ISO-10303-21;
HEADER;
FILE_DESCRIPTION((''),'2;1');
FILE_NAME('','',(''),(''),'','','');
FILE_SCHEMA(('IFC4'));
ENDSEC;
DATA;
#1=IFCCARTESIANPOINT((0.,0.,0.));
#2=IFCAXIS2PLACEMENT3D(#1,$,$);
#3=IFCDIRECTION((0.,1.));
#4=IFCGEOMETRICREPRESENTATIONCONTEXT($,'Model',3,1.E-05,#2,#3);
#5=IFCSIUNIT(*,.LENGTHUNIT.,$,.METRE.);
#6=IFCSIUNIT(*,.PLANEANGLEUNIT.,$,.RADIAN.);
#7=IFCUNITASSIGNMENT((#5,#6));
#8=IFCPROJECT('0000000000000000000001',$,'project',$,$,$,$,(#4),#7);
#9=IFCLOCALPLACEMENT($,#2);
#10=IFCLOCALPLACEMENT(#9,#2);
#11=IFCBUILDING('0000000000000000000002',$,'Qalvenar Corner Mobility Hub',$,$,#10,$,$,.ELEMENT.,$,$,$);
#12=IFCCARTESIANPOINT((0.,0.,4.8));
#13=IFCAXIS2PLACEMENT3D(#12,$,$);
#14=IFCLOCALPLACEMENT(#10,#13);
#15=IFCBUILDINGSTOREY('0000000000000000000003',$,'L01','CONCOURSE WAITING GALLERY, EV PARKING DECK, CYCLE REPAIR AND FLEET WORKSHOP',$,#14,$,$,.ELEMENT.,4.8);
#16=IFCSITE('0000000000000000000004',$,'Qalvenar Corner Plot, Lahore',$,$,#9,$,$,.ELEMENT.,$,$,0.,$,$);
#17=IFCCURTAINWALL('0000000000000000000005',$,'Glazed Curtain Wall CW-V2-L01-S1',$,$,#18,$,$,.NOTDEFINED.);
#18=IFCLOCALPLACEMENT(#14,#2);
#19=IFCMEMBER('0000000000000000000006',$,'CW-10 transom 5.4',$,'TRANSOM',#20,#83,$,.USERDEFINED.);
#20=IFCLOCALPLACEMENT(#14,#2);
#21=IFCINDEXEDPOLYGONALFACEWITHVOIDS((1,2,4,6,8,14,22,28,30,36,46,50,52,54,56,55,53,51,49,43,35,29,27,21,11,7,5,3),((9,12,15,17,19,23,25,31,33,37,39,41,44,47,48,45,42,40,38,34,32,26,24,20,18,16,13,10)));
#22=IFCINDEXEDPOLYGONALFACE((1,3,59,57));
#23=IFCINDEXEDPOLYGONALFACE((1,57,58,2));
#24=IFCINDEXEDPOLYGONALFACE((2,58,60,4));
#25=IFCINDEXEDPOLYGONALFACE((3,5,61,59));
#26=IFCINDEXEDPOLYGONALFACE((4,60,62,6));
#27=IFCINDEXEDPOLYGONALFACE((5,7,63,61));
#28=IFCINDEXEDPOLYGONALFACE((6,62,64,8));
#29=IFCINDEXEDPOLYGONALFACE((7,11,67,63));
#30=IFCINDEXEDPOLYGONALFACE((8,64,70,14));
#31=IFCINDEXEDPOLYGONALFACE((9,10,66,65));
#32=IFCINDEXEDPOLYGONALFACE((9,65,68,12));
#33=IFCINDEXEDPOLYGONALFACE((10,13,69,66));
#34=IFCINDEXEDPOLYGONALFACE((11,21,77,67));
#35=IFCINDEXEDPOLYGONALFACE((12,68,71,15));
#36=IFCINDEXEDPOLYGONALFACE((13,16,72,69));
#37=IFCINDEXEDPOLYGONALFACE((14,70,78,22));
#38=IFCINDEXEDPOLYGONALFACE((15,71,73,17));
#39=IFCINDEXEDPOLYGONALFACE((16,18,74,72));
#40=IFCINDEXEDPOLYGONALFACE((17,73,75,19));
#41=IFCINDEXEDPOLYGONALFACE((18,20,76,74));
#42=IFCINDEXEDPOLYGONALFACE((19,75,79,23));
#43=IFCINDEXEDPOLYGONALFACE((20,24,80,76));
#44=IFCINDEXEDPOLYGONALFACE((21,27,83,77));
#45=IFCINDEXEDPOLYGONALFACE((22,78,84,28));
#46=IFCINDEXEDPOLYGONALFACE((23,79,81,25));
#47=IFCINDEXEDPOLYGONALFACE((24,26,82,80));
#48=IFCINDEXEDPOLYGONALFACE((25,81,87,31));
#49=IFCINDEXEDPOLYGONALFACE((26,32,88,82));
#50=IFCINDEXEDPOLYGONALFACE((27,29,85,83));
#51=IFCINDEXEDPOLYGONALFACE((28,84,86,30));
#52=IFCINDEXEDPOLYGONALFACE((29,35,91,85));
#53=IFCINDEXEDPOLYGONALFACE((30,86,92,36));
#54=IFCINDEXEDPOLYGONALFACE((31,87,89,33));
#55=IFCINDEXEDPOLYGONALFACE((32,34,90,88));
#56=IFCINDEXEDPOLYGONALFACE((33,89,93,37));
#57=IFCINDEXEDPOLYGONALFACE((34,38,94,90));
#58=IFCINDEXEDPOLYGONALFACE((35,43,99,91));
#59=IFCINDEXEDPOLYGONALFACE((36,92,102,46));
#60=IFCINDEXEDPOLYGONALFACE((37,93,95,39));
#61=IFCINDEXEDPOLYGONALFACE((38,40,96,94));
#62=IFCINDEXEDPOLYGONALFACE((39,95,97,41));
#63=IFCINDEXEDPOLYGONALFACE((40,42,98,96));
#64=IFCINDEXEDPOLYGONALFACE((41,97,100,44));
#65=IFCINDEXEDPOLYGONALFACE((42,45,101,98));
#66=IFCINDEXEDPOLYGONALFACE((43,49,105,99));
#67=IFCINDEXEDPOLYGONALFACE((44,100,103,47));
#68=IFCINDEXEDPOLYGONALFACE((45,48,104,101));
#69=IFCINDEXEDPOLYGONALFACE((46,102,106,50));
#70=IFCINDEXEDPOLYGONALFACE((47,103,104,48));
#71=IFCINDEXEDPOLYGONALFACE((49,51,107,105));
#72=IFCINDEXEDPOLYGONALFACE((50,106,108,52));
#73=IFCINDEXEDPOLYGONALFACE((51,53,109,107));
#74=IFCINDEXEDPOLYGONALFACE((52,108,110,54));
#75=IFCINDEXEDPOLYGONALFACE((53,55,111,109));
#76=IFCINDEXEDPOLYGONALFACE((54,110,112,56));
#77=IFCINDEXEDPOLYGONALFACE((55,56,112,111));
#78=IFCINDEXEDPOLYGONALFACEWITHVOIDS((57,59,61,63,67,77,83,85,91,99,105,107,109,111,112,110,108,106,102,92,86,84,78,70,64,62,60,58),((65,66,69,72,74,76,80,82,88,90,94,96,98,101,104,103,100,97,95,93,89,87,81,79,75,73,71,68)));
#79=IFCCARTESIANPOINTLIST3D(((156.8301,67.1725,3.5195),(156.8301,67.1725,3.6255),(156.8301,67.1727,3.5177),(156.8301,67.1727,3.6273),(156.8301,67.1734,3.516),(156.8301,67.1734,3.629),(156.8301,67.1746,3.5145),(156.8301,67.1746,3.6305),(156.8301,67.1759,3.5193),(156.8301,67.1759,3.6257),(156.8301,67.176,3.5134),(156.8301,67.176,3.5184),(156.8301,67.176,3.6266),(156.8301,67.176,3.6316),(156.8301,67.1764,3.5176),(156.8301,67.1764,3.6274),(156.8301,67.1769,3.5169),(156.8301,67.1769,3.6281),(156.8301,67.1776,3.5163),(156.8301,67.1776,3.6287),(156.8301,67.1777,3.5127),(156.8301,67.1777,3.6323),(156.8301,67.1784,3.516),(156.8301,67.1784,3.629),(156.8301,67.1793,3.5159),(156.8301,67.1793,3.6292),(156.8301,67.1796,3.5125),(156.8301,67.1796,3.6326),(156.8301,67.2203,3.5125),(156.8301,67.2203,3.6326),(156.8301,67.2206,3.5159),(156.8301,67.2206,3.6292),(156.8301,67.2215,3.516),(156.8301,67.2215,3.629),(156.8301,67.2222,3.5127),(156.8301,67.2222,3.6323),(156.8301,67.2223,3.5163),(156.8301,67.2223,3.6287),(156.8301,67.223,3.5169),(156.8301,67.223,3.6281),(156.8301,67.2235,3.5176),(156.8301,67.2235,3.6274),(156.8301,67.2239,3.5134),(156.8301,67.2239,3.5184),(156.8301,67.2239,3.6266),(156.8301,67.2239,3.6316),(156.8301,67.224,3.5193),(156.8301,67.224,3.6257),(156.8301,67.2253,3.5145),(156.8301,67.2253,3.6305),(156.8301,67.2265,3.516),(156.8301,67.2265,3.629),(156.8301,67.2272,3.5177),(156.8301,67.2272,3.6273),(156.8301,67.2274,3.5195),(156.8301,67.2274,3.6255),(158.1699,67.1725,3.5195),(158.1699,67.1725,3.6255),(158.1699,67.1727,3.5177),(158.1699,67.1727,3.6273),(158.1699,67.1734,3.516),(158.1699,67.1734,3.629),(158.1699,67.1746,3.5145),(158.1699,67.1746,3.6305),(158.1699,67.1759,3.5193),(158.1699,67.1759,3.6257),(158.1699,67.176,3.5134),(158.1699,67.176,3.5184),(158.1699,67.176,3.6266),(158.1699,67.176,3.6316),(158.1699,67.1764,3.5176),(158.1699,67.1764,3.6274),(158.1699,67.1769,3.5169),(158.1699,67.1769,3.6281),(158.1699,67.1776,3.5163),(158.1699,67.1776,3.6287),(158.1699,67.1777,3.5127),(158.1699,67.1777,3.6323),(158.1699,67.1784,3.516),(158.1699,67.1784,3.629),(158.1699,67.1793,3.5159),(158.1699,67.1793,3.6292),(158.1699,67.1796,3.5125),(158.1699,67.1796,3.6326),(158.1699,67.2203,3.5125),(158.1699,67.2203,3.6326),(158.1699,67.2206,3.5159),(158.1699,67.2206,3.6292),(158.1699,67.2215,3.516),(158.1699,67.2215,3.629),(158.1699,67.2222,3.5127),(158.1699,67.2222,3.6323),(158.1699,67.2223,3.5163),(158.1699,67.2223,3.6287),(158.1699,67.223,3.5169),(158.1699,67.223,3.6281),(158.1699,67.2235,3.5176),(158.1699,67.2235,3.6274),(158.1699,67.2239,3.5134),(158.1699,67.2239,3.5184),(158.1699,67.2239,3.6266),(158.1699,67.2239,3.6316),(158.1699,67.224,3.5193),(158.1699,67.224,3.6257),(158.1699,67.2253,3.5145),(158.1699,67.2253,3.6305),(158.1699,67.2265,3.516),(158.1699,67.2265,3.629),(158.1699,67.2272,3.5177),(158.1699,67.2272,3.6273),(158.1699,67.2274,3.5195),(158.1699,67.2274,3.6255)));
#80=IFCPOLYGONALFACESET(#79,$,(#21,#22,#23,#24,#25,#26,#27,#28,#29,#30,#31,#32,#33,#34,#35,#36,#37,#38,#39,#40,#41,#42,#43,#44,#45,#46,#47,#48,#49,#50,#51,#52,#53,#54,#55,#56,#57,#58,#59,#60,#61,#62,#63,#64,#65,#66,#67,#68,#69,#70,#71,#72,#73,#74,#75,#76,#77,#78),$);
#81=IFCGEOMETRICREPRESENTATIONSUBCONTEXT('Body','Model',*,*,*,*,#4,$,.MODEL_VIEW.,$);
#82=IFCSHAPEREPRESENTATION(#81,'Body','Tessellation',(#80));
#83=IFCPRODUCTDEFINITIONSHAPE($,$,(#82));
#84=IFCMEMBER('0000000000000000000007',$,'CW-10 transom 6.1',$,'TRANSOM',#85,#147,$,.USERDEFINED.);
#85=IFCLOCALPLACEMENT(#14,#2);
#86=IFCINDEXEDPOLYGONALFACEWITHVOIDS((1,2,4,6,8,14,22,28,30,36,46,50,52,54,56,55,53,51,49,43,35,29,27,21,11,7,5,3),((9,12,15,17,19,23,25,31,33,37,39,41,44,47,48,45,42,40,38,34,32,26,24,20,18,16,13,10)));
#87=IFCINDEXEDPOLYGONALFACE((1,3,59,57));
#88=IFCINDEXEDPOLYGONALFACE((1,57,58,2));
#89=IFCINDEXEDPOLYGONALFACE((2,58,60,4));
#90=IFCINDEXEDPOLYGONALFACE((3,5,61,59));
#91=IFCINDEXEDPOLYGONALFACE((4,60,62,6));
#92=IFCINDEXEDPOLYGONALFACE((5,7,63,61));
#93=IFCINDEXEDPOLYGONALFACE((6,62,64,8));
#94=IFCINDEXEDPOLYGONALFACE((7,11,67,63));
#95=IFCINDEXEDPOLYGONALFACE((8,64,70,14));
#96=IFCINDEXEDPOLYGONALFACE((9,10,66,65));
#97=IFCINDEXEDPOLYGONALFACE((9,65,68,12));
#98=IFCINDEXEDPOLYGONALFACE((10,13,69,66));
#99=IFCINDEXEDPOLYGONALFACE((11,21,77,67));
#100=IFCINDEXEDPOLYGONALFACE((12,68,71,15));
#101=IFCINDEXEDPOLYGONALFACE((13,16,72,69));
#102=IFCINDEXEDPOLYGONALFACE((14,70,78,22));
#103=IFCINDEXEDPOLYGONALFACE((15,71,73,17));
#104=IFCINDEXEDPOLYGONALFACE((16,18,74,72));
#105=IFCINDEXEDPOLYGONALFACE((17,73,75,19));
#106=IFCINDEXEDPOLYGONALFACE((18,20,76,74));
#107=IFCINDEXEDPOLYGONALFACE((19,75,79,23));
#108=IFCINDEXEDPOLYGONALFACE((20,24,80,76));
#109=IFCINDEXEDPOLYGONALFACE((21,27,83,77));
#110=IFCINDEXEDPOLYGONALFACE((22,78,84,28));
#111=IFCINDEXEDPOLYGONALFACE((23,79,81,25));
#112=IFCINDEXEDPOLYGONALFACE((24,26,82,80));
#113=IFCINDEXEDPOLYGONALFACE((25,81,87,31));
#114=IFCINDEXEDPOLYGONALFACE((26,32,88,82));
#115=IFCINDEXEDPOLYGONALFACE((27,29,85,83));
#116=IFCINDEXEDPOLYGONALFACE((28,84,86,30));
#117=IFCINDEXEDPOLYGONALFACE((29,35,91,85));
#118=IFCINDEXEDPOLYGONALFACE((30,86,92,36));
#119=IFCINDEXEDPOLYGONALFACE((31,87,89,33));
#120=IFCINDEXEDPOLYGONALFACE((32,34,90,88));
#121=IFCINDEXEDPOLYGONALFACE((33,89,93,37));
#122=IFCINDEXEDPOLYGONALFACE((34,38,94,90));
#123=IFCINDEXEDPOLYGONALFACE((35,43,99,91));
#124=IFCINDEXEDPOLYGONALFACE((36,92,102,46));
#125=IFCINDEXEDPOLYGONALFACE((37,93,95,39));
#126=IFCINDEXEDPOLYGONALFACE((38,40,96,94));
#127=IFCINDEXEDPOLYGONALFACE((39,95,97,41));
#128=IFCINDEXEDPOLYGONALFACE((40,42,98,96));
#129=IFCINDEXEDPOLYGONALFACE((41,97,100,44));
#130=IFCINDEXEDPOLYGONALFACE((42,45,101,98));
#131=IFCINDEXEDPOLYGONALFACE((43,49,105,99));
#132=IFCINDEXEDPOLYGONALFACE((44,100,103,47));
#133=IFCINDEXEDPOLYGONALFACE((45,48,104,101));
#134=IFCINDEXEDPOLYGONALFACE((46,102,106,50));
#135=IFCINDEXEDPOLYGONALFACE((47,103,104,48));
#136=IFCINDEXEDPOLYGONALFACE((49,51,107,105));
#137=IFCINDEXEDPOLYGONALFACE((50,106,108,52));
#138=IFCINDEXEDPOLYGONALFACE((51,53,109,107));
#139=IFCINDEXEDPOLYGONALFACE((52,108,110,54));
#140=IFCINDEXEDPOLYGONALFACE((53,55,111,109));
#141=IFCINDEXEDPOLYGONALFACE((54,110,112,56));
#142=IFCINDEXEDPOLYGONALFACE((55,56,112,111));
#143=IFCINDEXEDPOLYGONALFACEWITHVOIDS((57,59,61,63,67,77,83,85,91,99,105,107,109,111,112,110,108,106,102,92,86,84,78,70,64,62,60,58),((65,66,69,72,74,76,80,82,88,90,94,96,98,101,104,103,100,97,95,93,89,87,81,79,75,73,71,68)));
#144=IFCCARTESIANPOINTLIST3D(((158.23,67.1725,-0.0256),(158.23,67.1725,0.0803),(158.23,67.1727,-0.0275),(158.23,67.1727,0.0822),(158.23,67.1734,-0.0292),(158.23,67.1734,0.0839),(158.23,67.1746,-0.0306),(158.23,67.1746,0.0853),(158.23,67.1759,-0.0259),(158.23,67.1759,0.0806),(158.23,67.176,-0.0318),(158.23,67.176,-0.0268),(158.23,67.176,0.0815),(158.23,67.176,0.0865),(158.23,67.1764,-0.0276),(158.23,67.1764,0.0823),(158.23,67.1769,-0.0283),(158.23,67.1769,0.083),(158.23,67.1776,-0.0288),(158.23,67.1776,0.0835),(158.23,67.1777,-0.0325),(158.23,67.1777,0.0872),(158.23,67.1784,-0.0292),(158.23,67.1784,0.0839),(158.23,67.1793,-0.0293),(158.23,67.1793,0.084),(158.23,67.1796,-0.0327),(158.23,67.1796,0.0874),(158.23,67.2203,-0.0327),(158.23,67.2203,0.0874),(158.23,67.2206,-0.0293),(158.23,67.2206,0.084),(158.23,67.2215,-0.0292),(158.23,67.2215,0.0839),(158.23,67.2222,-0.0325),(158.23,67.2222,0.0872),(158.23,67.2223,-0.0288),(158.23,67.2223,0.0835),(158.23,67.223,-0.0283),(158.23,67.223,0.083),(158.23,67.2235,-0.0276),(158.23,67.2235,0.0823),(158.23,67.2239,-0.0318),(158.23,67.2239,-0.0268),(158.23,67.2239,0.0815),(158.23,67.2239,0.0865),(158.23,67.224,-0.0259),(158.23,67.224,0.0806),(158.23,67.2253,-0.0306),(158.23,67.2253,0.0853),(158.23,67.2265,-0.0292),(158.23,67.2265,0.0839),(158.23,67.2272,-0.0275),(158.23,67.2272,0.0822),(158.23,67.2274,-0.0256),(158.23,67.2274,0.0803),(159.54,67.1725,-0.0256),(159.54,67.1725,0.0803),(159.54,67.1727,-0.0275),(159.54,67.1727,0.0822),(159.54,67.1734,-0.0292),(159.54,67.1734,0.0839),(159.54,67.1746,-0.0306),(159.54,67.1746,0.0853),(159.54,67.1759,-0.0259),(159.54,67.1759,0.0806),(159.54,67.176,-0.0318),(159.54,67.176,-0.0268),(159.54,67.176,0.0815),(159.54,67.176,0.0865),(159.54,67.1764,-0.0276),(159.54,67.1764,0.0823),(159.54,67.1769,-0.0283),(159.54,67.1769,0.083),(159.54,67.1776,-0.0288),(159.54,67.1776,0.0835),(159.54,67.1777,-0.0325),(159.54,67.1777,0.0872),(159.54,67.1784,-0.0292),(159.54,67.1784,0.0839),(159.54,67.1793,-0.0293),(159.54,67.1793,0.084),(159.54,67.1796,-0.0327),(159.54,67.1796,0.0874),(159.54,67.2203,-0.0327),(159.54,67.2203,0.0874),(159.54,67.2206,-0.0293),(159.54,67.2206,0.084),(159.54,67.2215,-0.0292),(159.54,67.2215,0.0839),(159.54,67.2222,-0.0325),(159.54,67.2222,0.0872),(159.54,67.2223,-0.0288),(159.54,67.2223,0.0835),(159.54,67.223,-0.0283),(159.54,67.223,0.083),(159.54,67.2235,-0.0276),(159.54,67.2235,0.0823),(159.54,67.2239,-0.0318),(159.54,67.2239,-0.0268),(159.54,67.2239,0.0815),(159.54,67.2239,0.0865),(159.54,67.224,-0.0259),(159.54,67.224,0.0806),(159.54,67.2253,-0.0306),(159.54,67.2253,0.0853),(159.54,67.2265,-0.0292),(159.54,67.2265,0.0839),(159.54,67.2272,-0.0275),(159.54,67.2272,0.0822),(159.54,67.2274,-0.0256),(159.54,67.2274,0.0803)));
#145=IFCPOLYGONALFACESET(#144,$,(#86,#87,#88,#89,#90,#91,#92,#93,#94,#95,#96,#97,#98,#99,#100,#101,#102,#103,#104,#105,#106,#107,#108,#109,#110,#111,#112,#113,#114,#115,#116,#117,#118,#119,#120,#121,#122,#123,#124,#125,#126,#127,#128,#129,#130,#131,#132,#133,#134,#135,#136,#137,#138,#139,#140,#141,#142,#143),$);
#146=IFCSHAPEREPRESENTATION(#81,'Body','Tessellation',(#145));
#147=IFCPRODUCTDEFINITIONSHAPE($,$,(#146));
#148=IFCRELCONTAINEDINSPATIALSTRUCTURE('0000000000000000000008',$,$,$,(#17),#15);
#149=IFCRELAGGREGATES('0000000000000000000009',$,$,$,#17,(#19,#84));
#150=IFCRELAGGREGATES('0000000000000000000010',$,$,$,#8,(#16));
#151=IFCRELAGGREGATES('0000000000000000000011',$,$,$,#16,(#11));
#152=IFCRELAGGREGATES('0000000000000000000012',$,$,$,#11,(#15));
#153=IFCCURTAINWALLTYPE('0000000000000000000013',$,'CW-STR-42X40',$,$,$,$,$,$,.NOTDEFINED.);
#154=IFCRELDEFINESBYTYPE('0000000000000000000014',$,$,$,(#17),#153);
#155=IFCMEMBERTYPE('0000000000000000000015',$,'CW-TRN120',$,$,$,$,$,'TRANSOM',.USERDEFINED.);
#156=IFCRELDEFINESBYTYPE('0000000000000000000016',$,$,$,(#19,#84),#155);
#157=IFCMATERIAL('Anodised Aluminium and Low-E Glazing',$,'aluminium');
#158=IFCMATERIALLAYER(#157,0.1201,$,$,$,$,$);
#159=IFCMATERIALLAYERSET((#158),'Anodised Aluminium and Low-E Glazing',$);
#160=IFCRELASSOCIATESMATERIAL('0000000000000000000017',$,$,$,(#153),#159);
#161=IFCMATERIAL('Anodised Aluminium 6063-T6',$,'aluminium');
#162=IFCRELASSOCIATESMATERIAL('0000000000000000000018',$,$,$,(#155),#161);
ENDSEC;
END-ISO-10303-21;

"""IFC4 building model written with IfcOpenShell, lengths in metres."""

from ifc_helpers import new_model, si_unit, direction, frame, origin, origin_2d, place, context, subcontext, project, spatial, hollow_rectangle, extrude, material, layer, layer_set, material_profile, profile_set, type_object, element, aggregate, save


model = new_model("IFC4")

# Units and contexts
model_context = context("Model", 3, precision=1e-05, world=origin(), true_north=direction((0.0, 1.0)))
body_context = subcontext(model_context, "Body", "Model", "MODEL_VIEW")
ifc_project = project(units=[si_unit("LENGTHUNIT", "METRE"), si_unit("PLANEANGLEUNIT", "RADIAN")], contexts=[model_context])

# Site, building, storey
site_placement = place(None, origin())
site = spatial("IfcSite", under=ifc_project, at=site_placement, Name="Qalvenar Corner Plot, Lahore", CompositionType="ELEMENT", RefElevation=0.0)
building_placement = place(site_placement, origin())
building = spatial("IfcBuilding", under=site, at=building_placement, Name="Qalvenar Corner Mobility Hub", CompositionType="ELEMENT")
storey_placement = place(building_placement, frame((0.0, 0.0, 4.8)))
storey = spatial("IfcBuildingStorey", under=building, at=storey_placement, Name="L01", Description="CONCOURSE WAITING GALLERY, EV PARKING DECK, CYCLE REPAIR AND FLEET WORKSHOP", CompositionType="ELEMENT", Elevation=4.8)

# Curtain wall, members
ifc_material_1 = material(Name="Anodised Aluminium and Low-E Glazing", Category="aluminium")
ifc_layer_1 = layer(ifc_material_1, 0.1201)
ifc_layer_set_1 = layer_set([ifc_layer_1], Name="Anodised Aluminium and Low-E Glazing")
curtain_wall_type = type_object("IfcCurtainWallType", Name="CW-STR-42X40", PredefinedType="NOTDEFINED", material=ifc_layer_set_1)
curtain_wall_placement = place(storey_placement, origin())
curtain_wall = element("IfcCurtainWall", 1, at=curtain_wall_placement, inside=storey, type_object=curtain_wall_type, Name="Glazed Curtain Wall CW-V2-L01-S1", PredefinedType="NOTDEFINED")
ifc_material_2 = material(Name="Anodised Aluminium 6063-T6", Category="aluminium")
ifc_material_profile_1 = material_profile(ifc_material_2, hollow_rectangle(XDim=0.0549, YDim=0.1201, WallThickness=0.0034, InnerFilletRadius=0.0034, OuterFilletRadius=0.0071, at=origin_2d()), Name="RHS120x55x3.5")
ifc_profile_set_1 = profile_set([ifc_material_profile_1], Name="Anodised Aluminium 6063-T6")
member_type_1 = type_object("IfcMemberType", Name="CW-TRN120", ElementType="TRANSOM", PredefinedType="USERDEFINED", material=ifc_profile_set_1)
member_1_placement = place(storey_placement, frame((156.8301, 67.2, 3.5725), z_axis=(1.0, 0.0, 0.0), x_axis=(0.0, 1.0, 0.0)))
member_1 = element("IfcMember", 2, at=member_1_placement, type_object=member_type_1, Name="CW-10 transom 5.4", ObjectType="TRANSOM", PredefinedType="USERDEFINED", context=body_context, shape_type="SweptSolid", body=[
    extrude(hollow_rectangle(XDim=0.0549, YDim=0.1201, WallThickness=0.0034, InnerFilletRadius=0.0034, OuterFilletRadius=0.0071, at=origin_2d()), origin(), (0.0, 0.0, 1.0), 1.3398),
])
member_2_placement = place(storey_placement, frame((158.23, 67.2, 0.0273), z_axis=(1.0, 0.0, 0.0), x_axis=(0.0, 1.0, 0.0)))
member_2 = element("IfcMember", 3, at=member_2_placement, type_object=member_type_1, Name="CW-10 transom 6.1", ObjectType="TRANSOM", PredefinedType="USERDEFINED", context=body_context, shape_type="SweptSolid", body=[
    extrude(hollow_rectangle(XDim=0.0549, YDim=0.1201, WallThickness=0.0034, InnerFilletRadius=0.0034, OuterFilletRadius=0.0071, at=origin_2d()), origin(), (0.0, 0.0, 1.0), 1.3101),
])

aggregate(curtain_wall, [member_1, member_2])

save(model, "model.ifc")
